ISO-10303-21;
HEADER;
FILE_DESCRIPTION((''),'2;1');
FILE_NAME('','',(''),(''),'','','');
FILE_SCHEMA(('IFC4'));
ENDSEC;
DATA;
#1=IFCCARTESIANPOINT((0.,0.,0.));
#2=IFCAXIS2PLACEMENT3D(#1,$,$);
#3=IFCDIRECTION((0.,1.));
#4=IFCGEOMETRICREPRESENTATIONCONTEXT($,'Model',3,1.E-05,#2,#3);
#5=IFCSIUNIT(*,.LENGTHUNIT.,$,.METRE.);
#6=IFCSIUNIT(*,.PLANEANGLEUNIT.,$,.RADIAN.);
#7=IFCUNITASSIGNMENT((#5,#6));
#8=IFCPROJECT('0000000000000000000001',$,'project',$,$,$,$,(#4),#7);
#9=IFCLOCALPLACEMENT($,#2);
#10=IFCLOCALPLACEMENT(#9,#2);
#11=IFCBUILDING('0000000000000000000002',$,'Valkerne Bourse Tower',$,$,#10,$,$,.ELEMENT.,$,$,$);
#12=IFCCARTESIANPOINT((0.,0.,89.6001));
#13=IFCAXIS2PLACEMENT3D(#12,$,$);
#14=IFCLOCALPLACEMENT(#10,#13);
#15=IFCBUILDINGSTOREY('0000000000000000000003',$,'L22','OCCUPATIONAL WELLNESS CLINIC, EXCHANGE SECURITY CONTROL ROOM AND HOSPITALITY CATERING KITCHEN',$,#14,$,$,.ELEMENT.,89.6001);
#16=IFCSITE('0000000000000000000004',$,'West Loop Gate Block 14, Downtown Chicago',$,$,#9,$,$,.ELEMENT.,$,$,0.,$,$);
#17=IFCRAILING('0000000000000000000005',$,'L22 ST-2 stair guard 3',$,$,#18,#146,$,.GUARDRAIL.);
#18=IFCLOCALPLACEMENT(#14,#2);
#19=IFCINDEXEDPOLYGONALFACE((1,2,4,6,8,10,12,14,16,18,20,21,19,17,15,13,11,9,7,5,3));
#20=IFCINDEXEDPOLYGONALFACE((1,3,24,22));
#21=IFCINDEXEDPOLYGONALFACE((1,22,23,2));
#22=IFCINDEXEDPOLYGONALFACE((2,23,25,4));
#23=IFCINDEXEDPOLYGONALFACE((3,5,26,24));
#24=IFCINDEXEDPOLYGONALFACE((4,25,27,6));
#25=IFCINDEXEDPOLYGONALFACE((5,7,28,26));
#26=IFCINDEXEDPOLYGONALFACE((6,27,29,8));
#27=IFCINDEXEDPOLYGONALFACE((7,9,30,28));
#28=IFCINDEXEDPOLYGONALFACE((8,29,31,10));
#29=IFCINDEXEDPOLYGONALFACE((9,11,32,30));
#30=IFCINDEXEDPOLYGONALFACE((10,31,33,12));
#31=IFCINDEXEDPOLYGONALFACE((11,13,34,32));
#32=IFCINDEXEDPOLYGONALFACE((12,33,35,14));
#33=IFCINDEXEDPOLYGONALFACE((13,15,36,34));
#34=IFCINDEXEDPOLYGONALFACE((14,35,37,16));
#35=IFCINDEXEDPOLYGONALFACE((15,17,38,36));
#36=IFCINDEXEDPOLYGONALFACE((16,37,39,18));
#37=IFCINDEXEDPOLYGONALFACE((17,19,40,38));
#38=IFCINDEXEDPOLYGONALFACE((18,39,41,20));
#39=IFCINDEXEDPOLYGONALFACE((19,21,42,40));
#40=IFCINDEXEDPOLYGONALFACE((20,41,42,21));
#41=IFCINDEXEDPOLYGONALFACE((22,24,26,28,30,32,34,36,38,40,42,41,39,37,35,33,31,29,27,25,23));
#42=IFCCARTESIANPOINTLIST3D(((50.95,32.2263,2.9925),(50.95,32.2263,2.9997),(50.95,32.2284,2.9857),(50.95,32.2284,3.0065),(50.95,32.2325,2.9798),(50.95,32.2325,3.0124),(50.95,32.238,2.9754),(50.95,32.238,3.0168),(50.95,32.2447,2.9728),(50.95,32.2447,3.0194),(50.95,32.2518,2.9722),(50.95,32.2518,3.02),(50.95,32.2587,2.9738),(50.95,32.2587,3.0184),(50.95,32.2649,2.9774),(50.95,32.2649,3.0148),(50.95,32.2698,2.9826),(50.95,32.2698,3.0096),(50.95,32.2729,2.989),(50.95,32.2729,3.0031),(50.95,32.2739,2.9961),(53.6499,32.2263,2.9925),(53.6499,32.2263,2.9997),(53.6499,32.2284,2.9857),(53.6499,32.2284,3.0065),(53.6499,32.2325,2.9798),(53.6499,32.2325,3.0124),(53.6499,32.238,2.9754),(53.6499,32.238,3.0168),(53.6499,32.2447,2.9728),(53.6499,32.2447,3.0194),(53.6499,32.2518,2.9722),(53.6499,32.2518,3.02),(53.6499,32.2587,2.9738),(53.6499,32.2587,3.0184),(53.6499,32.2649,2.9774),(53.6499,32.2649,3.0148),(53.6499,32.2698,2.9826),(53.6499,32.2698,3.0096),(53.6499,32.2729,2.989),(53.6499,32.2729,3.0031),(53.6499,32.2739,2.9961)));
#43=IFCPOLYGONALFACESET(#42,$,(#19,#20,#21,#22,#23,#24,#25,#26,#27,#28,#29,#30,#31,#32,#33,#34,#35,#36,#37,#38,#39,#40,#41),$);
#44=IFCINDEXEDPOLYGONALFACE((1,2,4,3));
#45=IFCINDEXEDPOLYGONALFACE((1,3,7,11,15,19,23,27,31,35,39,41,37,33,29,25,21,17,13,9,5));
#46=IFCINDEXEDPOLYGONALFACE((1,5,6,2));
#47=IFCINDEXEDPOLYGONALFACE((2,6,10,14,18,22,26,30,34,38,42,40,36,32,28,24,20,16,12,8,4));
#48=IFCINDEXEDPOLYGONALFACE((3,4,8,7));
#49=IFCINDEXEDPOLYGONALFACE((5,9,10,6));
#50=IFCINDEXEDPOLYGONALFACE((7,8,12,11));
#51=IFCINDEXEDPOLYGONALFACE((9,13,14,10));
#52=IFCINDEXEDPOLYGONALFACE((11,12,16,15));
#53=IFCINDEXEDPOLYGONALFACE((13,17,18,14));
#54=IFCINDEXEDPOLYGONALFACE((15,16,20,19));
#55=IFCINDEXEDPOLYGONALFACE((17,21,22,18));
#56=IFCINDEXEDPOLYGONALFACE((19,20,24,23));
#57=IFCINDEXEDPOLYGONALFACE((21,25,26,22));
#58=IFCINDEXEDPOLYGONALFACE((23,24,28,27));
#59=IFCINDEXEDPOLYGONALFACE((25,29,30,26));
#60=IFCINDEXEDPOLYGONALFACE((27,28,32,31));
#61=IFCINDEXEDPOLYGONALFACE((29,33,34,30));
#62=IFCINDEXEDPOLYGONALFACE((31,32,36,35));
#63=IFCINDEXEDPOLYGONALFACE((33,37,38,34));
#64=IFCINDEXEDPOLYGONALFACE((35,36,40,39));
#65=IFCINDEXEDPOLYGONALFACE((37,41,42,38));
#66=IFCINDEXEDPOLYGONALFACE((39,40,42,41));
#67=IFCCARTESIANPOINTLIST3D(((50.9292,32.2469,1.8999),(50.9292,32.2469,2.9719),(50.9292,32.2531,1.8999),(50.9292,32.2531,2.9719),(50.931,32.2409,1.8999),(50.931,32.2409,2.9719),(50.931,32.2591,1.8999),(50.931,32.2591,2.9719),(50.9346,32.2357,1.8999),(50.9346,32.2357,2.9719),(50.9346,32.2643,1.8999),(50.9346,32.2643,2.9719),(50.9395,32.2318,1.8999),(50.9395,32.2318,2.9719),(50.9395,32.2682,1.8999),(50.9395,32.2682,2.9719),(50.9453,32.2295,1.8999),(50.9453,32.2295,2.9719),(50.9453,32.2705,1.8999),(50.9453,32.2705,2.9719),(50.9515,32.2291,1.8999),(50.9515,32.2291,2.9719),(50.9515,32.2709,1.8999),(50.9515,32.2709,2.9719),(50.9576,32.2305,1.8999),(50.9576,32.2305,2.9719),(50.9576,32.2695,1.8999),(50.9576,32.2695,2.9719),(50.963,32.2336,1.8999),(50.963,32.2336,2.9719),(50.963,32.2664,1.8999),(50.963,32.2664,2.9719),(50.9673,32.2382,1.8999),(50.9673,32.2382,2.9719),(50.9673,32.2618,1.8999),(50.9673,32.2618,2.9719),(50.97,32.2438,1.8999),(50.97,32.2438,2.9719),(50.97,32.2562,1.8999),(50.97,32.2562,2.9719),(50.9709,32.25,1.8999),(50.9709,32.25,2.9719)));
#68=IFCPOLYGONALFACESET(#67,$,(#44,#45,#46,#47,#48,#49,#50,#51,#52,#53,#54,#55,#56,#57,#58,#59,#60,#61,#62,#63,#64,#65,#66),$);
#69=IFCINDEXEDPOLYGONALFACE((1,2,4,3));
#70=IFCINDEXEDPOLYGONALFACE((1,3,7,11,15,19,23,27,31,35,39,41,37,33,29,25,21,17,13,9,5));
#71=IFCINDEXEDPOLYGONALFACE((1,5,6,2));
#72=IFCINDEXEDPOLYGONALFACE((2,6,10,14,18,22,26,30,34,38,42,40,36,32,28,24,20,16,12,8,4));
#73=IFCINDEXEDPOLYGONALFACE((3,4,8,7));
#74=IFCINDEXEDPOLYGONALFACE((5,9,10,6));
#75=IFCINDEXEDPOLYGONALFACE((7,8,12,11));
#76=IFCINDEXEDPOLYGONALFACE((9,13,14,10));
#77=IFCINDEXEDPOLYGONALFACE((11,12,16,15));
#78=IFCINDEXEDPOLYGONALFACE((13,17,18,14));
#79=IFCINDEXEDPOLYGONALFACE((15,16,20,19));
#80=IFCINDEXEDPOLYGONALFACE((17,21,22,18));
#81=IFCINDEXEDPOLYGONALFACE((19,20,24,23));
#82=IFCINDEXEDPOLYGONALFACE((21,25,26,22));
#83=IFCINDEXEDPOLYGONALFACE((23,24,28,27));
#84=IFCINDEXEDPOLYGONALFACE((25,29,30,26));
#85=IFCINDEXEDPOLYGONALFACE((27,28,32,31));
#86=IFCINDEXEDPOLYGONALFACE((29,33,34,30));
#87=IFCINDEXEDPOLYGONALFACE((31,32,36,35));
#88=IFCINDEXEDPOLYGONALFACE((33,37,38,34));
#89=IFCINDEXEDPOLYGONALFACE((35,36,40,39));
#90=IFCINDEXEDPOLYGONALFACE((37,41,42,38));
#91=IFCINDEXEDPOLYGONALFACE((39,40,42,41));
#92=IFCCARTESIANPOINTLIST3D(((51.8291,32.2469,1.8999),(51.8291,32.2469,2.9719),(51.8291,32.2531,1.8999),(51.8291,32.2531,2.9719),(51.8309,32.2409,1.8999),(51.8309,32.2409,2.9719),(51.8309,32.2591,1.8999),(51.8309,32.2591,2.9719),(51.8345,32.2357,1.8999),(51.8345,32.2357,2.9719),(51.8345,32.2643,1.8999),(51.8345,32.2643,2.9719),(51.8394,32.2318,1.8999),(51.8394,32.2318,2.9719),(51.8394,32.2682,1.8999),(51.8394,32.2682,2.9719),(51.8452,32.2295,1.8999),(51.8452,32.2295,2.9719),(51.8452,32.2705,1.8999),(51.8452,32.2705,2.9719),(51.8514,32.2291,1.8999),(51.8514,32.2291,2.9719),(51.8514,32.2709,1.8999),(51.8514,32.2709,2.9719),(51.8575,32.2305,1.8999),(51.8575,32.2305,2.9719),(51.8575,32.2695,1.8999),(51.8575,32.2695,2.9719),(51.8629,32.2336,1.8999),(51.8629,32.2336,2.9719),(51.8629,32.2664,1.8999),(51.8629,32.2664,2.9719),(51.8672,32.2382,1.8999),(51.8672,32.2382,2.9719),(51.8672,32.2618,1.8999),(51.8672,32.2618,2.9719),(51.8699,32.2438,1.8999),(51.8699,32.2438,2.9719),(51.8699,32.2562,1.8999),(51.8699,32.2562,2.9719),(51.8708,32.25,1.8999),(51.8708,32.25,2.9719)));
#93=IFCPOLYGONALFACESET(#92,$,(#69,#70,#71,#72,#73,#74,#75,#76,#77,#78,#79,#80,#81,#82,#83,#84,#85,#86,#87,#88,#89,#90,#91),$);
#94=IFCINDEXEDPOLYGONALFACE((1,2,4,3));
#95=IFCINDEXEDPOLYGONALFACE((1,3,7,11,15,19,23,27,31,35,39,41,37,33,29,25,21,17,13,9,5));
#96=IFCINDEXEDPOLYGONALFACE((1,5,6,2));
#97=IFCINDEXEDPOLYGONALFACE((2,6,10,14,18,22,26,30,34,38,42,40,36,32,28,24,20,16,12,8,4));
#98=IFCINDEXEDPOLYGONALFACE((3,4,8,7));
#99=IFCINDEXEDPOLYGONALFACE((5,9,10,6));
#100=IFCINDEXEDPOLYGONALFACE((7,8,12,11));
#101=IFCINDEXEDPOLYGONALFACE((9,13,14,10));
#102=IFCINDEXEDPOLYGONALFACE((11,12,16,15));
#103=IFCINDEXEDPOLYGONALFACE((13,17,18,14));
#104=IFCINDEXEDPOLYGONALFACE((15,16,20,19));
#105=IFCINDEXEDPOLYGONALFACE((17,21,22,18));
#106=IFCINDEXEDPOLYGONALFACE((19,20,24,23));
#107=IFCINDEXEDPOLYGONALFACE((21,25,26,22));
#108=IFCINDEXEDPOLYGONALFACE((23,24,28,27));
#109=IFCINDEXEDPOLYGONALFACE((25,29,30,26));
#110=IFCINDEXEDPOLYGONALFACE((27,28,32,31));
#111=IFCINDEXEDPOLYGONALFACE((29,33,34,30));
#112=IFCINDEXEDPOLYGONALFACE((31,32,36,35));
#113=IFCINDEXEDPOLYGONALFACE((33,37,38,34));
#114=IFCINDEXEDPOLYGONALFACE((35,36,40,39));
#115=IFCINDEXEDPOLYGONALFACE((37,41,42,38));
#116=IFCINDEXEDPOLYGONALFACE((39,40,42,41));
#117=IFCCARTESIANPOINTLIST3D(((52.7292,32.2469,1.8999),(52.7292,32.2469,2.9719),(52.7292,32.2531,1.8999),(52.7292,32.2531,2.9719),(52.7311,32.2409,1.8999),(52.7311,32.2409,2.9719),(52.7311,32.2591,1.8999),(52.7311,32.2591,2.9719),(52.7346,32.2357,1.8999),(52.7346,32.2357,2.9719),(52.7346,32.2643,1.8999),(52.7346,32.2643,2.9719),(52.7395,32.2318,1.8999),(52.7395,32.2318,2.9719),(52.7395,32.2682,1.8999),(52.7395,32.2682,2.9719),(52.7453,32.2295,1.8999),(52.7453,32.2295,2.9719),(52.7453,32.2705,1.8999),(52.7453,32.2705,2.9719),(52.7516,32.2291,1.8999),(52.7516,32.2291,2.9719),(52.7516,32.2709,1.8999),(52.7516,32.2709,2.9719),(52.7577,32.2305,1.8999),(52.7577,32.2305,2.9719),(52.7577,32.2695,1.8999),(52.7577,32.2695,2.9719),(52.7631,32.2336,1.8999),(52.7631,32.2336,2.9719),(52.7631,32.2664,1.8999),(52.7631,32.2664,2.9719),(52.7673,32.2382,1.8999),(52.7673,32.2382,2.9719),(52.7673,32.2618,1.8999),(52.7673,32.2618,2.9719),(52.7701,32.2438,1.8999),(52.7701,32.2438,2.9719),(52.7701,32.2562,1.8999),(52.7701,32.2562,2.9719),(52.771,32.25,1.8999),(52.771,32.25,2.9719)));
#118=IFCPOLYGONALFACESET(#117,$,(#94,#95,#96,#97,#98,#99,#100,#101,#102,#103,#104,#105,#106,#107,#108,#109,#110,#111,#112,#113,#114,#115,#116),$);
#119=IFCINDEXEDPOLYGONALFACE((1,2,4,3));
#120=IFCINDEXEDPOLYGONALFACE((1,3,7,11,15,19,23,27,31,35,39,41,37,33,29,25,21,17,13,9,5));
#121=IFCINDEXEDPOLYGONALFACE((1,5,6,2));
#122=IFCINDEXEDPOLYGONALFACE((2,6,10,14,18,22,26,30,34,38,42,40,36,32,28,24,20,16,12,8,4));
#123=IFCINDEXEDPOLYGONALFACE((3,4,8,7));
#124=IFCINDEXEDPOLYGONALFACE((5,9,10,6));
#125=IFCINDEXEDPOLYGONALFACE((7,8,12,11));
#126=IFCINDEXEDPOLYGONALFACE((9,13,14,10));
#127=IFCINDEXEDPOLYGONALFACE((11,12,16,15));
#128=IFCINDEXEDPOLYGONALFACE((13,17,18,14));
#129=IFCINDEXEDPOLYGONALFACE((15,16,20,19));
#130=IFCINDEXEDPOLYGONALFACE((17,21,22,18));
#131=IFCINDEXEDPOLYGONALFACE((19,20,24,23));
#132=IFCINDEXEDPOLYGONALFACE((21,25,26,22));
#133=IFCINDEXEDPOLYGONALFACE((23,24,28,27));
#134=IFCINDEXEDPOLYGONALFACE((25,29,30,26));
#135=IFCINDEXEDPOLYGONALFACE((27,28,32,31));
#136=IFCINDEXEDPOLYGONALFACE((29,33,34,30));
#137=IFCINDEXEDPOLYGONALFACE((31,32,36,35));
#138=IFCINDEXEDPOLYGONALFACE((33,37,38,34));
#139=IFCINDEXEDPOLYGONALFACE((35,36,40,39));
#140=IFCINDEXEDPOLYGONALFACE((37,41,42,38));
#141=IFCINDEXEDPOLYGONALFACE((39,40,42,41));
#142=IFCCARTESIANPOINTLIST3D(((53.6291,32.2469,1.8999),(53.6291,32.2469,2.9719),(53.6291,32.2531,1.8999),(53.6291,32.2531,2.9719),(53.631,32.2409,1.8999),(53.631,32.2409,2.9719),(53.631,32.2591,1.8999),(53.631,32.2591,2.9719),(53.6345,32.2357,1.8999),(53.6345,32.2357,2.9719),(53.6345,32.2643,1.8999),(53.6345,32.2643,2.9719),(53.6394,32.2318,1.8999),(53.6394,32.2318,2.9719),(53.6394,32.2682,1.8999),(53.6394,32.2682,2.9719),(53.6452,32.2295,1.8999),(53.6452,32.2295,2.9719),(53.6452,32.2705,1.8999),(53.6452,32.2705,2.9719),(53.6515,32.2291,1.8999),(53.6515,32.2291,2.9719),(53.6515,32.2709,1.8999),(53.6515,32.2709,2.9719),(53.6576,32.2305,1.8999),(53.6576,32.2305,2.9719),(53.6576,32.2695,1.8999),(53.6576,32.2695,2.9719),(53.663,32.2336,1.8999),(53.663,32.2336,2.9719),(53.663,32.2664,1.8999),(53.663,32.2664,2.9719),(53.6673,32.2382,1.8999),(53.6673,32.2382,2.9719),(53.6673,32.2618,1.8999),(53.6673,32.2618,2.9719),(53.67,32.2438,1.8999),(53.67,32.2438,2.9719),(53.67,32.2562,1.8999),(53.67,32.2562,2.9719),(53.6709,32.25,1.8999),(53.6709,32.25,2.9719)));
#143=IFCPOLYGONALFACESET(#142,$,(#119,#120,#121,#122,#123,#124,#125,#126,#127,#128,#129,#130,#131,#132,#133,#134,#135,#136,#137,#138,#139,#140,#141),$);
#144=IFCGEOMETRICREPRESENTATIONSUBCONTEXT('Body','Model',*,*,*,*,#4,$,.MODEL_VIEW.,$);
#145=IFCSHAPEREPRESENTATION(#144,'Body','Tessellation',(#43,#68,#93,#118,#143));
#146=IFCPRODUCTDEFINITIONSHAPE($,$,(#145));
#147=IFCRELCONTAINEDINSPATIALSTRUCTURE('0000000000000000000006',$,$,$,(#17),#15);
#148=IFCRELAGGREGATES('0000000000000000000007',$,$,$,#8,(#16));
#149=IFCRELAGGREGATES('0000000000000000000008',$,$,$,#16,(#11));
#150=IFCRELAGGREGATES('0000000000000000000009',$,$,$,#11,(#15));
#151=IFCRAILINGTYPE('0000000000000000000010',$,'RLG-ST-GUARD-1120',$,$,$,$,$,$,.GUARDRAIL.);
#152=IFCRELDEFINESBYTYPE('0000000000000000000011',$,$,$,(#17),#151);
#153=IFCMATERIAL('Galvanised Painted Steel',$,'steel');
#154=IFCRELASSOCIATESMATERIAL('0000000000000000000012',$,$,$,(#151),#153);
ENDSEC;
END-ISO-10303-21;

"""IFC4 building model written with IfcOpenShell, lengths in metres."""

from ifc_helpers import new_model, si_unit, direction, frame, origin, origin_2d, place, context, subcontext, project, spatial, circle, extrude, material, type_object, element, save


model = new_model("IFC4")

# Units and contexts
model_context = context("Model", 3, precision=1e-05, world=origin(), true_north=direction((0.0, 1.0)))
body_context = subcontext(model_context, "Body", "Model", "MODEL_VIEW")
ifc_project = project(units=[si_unit("LENGTHUNIT", "METRE"), si_unit("PLANEANGLEUNIT", "RADIAN")], contexts=[model_context])

# Site, building, storey
site_placement = place(None, origin())
site = spatial("IfcSite", under=ifc_project, at=site_placement, Name="West Loop Gate Block 14, Downtown Chicago", CompositionType="ELEMENT", RefElevation=0.0)
building_placement = place(site_placement, origin())
building = spatial("IfcBuilding", under=site, at=building_placement, Name="Valkerne Bourse Tower", CompositionType="ELEMENT")
storey_placement = place(building_placement, frame((0.0, 0.0, 89.6001)))
storey = spatial("IfcBuildingStorey", under=building, at=storey_placement, Name="L22", Description="OCCUPATIONAL WELLNESS CLINIC, EXCHANGE SECURITY CONTROL ROOM AND HOSPITALITY CATERING KITCHEN", CompositionType="ELEMENT", Elevation=89.6001)

# Railing
ifc_material_1 = material(Name="Galvanised Painted Steel", Category="steel")
railing_type_1 = type_object("IfcRailingType", Name="RLG-ST-GUARD-1120", PredefinedType="GUARDRAIL", material=ifc_material_1)
for number, where, name in (
    (1, (50.95, 32.25, 1.8999), "L22 ST-2 stair guard 3"),
):
    element("IfcRailing", number, at=place(storey_placement, frame(where)), inside=storey, type_object=railing_type_1, Name=name, PredefinedType="GUARDRAIL", context=body_context, shape_type="SweptSolid", body=[
        extrude(circle(Radius=0.0239, at=origin_2d()), frame((0.0, 0.0, 1.0962), z_axis=(1.0, 0.0, 0.0), x_axis=(0.0, 1.0, 0.0)), (0.0, 0.0, 1.0), 2.7),
        extrude(circle(Radius=0.021, at=origin_2d()), origin(), (0.0, 0.0, 1.0), 1.072),
        extrude(circle(Radius=0.021, at=origin_2d()), frame((0.8999, 0.0, 0.0)), (0.0, 0.0, 1.0), 1.072),
        extrude(circle(Radius=0.021, at=origin_2d()), frame((1.8, 0.0, 0.0)), (0.0, 0.0, 1.0), 1.072),
        extrude(circle(Radius=0.021, at=origin_2d()), frame((2.7, 0.0, 0.0)), (0.0, 0.0, 1.0), 1.072),
    ])

save(model, "model.ifc")
